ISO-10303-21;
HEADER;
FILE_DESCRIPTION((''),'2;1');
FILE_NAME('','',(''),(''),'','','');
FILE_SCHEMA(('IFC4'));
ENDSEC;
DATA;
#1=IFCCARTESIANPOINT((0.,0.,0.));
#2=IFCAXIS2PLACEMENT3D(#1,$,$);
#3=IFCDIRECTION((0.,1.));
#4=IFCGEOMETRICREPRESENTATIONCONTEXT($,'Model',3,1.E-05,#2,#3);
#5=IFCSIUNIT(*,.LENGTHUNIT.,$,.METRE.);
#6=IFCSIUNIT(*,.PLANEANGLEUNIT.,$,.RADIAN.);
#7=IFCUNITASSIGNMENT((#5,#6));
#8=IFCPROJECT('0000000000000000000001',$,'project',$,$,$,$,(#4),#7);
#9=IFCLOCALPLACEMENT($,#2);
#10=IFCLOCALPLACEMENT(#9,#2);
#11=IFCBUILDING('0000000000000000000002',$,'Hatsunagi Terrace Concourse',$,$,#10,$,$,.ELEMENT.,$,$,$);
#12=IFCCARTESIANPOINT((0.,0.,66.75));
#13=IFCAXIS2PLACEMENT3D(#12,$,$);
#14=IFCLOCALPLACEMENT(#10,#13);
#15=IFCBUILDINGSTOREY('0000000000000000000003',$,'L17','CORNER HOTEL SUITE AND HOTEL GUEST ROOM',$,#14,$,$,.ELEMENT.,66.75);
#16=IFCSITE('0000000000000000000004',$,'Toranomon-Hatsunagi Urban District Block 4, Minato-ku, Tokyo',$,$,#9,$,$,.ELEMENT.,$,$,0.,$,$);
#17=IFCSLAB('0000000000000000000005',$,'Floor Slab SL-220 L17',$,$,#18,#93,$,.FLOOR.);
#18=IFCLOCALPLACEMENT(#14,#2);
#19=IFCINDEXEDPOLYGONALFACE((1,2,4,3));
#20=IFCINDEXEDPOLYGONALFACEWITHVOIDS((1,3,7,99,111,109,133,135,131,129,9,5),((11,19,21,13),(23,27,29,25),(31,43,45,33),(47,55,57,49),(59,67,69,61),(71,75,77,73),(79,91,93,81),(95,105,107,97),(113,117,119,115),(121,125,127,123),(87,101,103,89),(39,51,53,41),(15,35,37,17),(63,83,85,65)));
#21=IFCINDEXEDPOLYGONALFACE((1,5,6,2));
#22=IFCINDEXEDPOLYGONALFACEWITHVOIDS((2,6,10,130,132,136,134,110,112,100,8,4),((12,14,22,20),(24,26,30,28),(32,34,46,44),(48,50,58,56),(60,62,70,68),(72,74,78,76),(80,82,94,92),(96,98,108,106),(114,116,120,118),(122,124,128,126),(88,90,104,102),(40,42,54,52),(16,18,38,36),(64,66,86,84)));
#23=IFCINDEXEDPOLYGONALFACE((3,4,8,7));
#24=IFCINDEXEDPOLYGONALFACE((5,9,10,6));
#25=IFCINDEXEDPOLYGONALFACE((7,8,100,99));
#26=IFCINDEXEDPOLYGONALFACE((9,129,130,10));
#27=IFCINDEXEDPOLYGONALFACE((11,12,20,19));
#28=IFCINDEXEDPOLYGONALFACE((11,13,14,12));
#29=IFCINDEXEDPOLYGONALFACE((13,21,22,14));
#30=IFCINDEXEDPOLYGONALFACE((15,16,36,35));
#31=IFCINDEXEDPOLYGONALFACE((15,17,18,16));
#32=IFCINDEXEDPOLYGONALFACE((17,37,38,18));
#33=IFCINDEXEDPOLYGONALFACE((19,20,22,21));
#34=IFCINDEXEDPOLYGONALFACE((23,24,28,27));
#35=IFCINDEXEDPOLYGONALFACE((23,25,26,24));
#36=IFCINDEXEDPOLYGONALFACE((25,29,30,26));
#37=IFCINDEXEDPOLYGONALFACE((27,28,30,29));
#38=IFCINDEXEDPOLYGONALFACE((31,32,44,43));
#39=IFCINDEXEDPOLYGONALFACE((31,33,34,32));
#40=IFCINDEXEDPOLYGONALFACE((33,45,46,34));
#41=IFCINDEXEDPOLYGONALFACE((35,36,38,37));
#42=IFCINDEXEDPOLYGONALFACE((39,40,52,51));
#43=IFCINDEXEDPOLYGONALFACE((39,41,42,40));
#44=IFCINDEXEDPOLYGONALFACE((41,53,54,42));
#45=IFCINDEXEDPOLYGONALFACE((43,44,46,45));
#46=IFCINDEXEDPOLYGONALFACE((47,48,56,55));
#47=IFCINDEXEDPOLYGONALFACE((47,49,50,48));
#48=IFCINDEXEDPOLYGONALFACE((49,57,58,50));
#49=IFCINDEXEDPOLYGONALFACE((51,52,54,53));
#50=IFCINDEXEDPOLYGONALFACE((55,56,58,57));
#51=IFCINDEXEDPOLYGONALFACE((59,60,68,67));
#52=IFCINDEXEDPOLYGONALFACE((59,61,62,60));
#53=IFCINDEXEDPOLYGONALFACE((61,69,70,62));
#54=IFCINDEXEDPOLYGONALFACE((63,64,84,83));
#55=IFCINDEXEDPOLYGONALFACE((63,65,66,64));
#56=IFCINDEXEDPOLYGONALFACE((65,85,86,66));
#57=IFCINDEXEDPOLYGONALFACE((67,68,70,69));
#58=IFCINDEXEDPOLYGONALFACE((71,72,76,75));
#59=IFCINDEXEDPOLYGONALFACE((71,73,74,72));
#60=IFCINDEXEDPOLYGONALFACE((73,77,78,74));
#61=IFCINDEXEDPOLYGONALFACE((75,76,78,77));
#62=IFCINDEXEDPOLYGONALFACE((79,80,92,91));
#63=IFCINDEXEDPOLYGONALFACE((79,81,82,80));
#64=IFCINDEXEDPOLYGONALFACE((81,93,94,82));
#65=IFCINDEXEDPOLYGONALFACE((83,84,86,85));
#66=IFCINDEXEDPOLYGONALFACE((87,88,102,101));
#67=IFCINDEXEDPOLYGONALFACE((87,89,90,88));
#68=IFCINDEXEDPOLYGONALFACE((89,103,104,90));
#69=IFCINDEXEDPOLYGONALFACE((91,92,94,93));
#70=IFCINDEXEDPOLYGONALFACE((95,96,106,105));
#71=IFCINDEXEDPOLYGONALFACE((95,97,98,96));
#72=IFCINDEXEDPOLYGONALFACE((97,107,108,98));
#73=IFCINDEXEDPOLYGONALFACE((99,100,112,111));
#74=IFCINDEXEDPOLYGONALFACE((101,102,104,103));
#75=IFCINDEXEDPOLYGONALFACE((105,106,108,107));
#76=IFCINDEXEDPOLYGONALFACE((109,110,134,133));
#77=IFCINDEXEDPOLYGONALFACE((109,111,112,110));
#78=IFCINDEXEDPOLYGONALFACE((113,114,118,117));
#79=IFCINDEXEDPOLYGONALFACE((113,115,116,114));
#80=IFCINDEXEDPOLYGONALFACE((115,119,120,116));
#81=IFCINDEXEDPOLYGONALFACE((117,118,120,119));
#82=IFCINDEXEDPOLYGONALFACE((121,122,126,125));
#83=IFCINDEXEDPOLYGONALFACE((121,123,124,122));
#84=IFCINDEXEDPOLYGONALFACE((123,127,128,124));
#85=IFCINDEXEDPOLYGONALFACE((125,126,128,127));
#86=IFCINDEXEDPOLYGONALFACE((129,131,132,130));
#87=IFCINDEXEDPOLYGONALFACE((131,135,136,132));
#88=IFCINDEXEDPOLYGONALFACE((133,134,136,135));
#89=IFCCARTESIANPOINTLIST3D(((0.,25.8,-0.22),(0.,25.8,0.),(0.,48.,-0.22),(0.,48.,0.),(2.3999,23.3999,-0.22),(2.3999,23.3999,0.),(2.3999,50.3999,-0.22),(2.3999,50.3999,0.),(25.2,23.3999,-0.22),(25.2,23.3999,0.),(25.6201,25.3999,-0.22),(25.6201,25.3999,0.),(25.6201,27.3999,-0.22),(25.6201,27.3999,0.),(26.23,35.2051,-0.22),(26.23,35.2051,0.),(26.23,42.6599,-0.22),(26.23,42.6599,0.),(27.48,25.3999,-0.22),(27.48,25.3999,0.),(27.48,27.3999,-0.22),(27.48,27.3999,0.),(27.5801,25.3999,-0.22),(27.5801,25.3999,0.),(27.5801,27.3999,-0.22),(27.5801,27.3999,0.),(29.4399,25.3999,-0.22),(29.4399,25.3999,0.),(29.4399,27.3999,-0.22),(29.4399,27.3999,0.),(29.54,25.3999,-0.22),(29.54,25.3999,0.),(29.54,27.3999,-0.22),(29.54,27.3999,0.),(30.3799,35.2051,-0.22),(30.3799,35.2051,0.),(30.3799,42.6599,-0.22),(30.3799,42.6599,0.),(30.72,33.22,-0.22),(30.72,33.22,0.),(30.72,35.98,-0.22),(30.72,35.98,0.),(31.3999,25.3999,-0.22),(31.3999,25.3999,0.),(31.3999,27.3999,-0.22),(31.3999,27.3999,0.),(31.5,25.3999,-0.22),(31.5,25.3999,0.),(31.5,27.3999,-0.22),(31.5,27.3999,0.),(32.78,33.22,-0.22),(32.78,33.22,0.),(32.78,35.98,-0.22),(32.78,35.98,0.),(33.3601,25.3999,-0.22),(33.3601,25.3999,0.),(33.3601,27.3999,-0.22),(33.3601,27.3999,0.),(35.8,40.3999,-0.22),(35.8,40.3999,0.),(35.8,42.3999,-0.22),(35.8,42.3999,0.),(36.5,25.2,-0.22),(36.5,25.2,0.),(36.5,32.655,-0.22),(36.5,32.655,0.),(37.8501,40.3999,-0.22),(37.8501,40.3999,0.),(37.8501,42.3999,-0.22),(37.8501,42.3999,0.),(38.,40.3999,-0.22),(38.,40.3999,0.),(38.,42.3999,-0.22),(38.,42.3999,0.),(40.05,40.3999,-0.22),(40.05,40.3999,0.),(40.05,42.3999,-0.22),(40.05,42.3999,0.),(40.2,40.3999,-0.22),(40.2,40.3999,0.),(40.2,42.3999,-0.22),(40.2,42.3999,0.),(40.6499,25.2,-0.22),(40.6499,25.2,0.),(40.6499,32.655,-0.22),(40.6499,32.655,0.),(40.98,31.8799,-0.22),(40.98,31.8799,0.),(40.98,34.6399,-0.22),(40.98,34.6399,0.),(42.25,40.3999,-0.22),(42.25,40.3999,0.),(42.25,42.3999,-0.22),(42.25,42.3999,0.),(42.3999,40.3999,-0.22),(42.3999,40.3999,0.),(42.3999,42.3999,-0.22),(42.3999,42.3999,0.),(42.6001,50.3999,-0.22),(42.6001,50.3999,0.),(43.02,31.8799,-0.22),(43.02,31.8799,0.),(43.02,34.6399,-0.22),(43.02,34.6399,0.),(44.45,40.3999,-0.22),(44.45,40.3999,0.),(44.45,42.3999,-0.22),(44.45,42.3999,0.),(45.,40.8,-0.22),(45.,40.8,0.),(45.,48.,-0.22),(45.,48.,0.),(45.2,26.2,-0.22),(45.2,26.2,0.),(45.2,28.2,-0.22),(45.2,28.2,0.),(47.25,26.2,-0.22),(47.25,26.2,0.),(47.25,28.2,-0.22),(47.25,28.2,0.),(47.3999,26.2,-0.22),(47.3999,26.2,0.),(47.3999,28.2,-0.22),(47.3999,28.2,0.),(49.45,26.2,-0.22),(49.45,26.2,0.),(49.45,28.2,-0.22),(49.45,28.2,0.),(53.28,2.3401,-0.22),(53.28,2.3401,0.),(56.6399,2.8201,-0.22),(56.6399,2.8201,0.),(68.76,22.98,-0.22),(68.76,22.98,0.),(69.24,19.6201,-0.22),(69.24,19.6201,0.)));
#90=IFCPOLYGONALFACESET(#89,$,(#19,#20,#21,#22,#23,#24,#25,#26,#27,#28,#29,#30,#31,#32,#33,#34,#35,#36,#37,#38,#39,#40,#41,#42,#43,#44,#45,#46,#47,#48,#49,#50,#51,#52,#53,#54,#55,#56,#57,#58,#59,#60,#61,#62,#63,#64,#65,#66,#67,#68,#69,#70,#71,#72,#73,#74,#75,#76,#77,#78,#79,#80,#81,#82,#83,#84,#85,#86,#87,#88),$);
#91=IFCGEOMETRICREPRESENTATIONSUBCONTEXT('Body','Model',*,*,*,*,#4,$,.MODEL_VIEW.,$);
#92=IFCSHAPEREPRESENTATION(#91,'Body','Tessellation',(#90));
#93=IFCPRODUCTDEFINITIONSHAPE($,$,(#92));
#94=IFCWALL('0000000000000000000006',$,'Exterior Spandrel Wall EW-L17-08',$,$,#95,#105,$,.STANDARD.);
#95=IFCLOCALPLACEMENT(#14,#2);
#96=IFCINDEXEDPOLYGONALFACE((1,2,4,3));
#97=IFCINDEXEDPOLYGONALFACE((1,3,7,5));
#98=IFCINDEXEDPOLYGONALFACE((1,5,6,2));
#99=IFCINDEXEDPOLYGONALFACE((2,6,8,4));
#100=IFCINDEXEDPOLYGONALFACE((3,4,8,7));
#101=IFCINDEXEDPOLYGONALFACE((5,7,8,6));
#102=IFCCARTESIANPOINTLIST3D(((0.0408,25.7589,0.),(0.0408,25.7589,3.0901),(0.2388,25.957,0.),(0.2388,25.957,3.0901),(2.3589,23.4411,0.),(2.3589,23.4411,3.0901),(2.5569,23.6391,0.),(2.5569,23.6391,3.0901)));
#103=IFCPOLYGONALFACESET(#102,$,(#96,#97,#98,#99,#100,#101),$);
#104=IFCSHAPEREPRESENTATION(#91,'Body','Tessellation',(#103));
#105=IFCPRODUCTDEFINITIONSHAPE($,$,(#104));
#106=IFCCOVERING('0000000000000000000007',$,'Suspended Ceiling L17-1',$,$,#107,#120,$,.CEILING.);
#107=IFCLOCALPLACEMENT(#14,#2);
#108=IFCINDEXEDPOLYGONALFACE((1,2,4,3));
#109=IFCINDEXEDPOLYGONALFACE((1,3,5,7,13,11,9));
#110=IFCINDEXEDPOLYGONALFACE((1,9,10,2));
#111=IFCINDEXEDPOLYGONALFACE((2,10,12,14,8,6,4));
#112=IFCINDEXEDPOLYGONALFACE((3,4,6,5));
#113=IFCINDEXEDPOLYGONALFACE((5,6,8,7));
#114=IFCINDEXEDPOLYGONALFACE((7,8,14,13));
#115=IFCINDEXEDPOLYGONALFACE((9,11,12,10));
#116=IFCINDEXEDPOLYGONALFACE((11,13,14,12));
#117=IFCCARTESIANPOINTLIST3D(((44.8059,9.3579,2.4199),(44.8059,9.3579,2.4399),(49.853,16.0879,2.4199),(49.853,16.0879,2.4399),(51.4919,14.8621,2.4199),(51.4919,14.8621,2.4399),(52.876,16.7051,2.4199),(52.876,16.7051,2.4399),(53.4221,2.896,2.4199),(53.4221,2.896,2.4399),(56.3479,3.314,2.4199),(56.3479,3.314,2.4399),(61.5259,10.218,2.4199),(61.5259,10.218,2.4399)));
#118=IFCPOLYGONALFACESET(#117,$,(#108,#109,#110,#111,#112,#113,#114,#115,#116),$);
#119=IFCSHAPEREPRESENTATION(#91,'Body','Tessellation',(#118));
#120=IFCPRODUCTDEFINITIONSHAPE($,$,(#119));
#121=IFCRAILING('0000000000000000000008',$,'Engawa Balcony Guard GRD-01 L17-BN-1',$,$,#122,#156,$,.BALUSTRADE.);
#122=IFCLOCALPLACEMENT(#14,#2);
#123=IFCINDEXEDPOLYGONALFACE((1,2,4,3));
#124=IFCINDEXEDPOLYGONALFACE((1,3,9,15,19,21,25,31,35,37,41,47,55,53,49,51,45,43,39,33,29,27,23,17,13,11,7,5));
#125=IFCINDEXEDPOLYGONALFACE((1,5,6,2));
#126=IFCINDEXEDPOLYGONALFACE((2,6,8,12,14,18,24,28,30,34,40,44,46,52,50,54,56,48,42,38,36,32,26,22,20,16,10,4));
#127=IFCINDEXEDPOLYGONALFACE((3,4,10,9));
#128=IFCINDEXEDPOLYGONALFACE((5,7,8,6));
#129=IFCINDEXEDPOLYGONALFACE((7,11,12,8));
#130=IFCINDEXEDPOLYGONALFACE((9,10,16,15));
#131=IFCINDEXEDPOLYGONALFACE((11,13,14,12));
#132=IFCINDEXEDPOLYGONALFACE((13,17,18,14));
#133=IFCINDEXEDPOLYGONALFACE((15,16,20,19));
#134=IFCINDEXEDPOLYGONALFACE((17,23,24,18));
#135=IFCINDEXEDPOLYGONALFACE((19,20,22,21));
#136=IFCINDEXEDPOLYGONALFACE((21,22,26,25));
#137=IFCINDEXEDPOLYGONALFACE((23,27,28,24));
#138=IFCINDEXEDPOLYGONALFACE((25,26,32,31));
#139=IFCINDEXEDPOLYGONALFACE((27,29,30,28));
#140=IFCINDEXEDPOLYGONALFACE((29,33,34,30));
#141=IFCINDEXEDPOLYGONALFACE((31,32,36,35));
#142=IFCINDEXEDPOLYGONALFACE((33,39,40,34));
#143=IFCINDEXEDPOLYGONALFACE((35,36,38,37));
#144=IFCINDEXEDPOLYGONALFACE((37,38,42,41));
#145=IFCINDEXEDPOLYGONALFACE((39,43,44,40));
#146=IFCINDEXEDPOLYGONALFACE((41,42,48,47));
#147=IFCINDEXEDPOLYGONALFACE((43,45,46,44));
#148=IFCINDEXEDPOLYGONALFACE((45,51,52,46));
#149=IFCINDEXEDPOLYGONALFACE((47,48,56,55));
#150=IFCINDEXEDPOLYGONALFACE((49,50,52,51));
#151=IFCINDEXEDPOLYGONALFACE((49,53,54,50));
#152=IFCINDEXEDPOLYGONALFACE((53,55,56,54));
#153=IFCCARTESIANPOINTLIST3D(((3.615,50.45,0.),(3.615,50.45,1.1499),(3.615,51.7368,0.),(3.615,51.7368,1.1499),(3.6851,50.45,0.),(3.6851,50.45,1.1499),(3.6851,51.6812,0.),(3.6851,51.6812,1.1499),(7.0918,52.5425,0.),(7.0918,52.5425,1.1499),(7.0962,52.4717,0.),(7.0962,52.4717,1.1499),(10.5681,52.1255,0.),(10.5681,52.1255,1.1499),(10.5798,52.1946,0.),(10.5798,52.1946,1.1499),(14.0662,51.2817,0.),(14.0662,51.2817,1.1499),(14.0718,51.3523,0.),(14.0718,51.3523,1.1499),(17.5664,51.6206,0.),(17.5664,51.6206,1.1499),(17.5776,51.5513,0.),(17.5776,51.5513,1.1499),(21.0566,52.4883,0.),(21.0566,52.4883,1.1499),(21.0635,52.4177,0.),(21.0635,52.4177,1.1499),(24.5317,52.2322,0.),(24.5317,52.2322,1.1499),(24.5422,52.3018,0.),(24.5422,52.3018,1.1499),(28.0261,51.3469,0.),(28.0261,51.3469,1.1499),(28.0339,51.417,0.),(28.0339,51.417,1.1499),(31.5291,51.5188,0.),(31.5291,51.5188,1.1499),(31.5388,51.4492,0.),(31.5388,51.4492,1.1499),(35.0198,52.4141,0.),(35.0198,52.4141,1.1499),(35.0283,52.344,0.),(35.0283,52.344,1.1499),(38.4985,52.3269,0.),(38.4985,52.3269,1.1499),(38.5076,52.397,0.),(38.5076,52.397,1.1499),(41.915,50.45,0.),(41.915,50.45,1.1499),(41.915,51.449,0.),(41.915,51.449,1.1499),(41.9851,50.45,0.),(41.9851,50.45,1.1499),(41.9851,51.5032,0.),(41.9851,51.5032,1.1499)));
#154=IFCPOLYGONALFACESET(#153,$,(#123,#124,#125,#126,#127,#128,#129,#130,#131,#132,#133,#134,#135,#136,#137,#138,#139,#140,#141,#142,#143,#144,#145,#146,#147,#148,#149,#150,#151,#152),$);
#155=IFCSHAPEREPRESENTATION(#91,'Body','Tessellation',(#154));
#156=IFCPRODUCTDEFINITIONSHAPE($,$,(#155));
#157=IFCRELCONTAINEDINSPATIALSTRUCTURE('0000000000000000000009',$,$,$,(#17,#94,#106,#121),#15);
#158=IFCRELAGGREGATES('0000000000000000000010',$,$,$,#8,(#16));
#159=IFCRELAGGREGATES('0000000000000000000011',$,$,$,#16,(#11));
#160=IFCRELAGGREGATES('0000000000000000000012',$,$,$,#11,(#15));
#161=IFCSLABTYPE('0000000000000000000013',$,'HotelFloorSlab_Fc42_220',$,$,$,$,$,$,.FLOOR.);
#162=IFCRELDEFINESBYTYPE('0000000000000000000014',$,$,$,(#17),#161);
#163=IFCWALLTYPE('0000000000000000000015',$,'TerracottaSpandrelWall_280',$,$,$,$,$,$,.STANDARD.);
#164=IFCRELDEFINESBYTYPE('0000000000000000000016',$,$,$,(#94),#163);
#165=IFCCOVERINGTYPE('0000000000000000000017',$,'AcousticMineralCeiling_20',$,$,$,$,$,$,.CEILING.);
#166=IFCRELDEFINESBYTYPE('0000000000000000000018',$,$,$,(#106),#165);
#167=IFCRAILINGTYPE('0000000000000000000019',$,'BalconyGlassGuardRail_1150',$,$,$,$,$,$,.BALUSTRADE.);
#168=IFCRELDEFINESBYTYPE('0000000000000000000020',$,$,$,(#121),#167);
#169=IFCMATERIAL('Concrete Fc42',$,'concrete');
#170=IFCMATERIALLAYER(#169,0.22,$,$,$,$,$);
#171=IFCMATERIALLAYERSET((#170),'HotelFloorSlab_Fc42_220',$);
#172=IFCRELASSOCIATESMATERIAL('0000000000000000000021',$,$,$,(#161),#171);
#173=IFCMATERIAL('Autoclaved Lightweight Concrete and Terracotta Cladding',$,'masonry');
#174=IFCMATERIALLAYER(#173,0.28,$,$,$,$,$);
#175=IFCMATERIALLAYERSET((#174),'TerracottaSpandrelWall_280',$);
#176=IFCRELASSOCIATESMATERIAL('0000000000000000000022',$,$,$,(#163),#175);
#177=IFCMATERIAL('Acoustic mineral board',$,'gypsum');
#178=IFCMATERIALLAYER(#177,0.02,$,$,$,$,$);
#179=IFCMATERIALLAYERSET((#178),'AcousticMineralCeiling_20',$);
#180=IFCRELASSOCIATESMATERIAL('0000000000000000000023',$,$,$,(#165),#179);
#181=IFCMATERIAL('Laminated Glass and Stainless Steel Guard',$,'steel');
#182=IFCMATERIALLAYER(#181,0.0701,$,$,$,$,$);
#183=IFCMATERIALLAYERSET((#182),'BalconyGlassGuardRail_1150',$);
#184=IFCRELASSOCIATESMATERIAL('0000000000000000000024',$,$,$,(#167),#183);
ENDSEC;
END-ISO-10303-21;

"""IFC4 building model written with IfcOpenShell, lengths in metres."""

from ifc_helpers import new_model, si_unit, direction, frame, frame_2d, origin, place, context, subcontext, project, spatial, polyline, rectangle, outline, extrude, material, layer, layer_set, type_object, element, save


model = new_model("IFC4")

# Units and contexts
model_context = context("Model", 3, precision=1e-05, world=origin(), true_north=direction((0.0, 1.0)))
body_context = subcontext(model_context, "Body", "Model", "MODEL_VIEW")
ifc_project = project(units=[si_unit("LENGTHUNIT", "METRE"), si_unit("PLANEANGLEUNIT", "RADIAN")], contexts=[model_context])

# Site, building, storey
site_placement = place(None, origin())
site = spatial("IfcSite", under=ifc_project, at=site_placement, Name="Toranomon-Hatsunagi Urban District Block 4, Minato-ku, Tokyo", CompositionType="ELEMENT", RefElevation=0.0)
building_placement = place(site_placement, origin())
building = spatial("IfcBuilding", under=site, at=building_placement, Name="Hatsunagi Terrace Concourse", CompositionType="ELEMENT")
storey_placement = place(building_placement, frame((0.0, 0.0, 66.75)))
storey = spatial("IfcBuildingStorey", under=building, at=storey_placement, Name="L17", Description="CORNER HOTEL SUITE AND HOTEL GUEST ROOM", CompositionType="ELEMENT", Elevation=66.75)

# Slab
ifc_material_1 = material(Name="Concrete Fc42", Category="concrete")
ifc_layer_1 = layer(ifc_material_1, 0.22)
ifc_layer_set_1 = layer_set([ifc_layer_1], Name="HotelFloorSlab_Fc42_220")
slab_type_1 = type_object("IfcSlabType", Name="HotelFloorSlab_Fc42_220", PredefinedType="FLOOR", material=ifc_layer_set_1)
slab_1_placement = place(storey_placement, frame((0.0, 0.0, -0.22)))
element("IfcSlab", 1, at=slab_1_placement, inside=storey, type_object=slab_type_1, Name="Floor Slab SL-220 L17", PredefinedType="FLOOR", context=body_context, shape_type="SweptSolid", body=[
    extrude(outline(polyline([(45.0, 40.8), (45.0, 48.0), (42.6001, 50.3999), (2.3999, 50.3999), (0.0, 48.0), (0.0, 25.8), (2.3999, 23.3999), (25.2, 23.3999), (53.28, 2.3401), (56.6399, 2.8201), (69.24, 19.6201), (68.76, 22.98), (45.0, 40.8)]), holes=[polyline([(26.23, 35.2051), (30.3799, 35.2051), (30.3799, 42.6599), (26.23, 42.6599), (26.23, 35.2051)]), polyline([(36.5, 25.2), (40.6499, 25.2), (40.6499, 32.655), (36.5, 32.655), (36.5, 25.2)]), polyline([(30.72, 33.22), (32.78, 33.22), (32.78, 35.98), (30.72, 35.98), (30.72, 33.22)]), polyline([(40.98, 31.8799), (43.02, 31.8799), (43.02, 34.6399), (40.98, 34.6399), (40.98, 31.8799)]), polyline([(25.6201, 25.3999), (27.48, 25.3999), (27.48, 27.3999), (25.6201, 27.3999), (25.6201, 25.3999)]), polyline([(27.5801, 25.3999), (29.4399, 25.3999), (29.4399, 27.3999), (27.5801, 27.3999), (27.5801, 25.3999)]), polyline([(29.54, 25.3999), (31.3999, 25.3999), (31.3999, 27.3999), (29.54, 27.3999), (29.54, 25.3999)]), polyline([(31.5, 25.3999), (33.3601, 25.3999), (33.3601, 27.3999), (31.5, 27.3999), (31.5, 25.3999)]), polyline([(35.8, 40.3999), (37.8501, 40.3999), (37.8501, 42.3999), (35.8, 42.3999), (35.8, 40.3999)]), polyline([(38.0, 40.3999), (40.05, 40.3999), (40.05, 42.3999), (38.0, 42.3999), (38.0, 40.3999)]), polyline([(40.2, 40.3999), (42.25, 40.3999), (42.25, 42.3999), (40.2, 42.3999), (40.2, 40.3999)]), polyline([(42.3999, 40.3999), (44.45, 40.3999), (44.45, 42.3999), (42.3999, 42.3999), (42.3999, 40.3999)]), polyline([(45.2, 26.2), (47.25, 26.2), (47.25, 28.2), (45.2, 28.2), (45.2, 26.2)]), polyline([(47.3999, 26.2), (49.45, 26.2), (49.45, 28.2), (47.3999, 28.2), (47.3999, 26.2)])]), origin(), (0.0, 0.0, 1.0), 0.22),
])

# Wall
ifc_material_2 = material(Name="Autoclaved Lightweight Concrete and Terracotta Cladding", Category="masonry")
ifc_layer_2 = layer(ifc_material_2, 0.28)
ifc_layer_set_2 = layer_set([ifc_layer_2], Name="TerracottaSpandrelWall_280")
wall_type = type_object("IfcWallType", Name="TerracottaSpandrelWall_280", PredefinedType="STANDARD", material=ifc_layer_set_2)
wall_placement = place(storey_placement, frame((2.458, 23.54, 0.0), z_axis=(0.0, 0.0, 1.0), x_axis=(-0.707144, 0.70707, 0.0)))
element("IfcWall", 2, at=wall_placement, inside=storey, type_object=wall_type, Name="Exterior Spandrel Wall EW-L17-08", PredefinedType="STANDARD", context=body_context, shape_type="SweptSolid", body=[
    extrude(rectangle(XDim=3.2781, YDim=0.28, at=frame_2d((1.6392, 0.0))), origin(), (0.0, 0.0, 1.0), 3.0901),
])

# Covering
ifc_material_3 = material(Name="Acoustic mineral board", Category="gypsum")
ifc_layer_3 = layer(ifc_material_3, 0.02)
ifc_layer_set_3 = layer_set([ifc_layer_3], Name="AcousticMineralCeiling_20")
covering_type_1 = type_object("IfcCoveringType", Name="AcousticMineralCeiling_20", PredefinedType="CEILING", material=ifc_layer_set_3)
covering_1_placement = place(storey_placement, frame((0.0, 0.0, 2.4199)))
element("IfcCovering", 3, at=covering_1_placement, inside=storey, type_object=covering_type_1, Name="Suspended Ceiling L17-1", PredefinedType="CEILING", context=body_context, shape_type="SweptSolid", body=[
    extrude(outline(polyline([(56.3479, 3.314), (61.5259, 10.218), (52.876, 16.7051), (51.4919, 14.8621), (49.853, 16.0879), (44.8059, 9.3579), (53.4221, 2.896), (56.3479, 3.314)])), origin(), (0.0, 0.0, 1.0), 0.02),
])

# Railing
ifc_material_4 = material(Name="Laminated Glass and Stainless Steel Guard", Category="steel")
ifc_layer_4 = layer(ifc_material_4, 0.0701)
ifc_layer_set_4 = layer_set([ifc_layer_4], Name="BalconyGlassGuardRail_1150")
railing_type = type_object("IfcRailingType", Name="BalconyGlassGuardRail_1150", PredefinedType="BALUSTRADE", material=ifc_layer_set_4)
railing_1_placement = place(storey_placement, origin())
element("IfcRailing", 4, at=railing_1_placement, inside=storey, type_object=railing_type, Name="Engawa Balcony Guard GRD-01 L17-BN-1", PredefinedType="BALUSTRADE", context=body_context, shape_type="SweptSolid", body=[
    extrude(outline(polyline([(3.615, 50.45), (3.6851, 50.45), (3.6851, 51.6812), (7.0962, 52.4717), (10.5681, 52.1255), (14.0662, 51.2817), (17.5776, 51.5513), (21.0635, 52.4177), (24.5317, 52.2322), (28.0261, 51.3469), (31.5388, 51.4492), (35.0283, 52.344), (38.4985, 52.3269), (41.915, 51.449), (41.915, 50.45), (41.9851, 50.45), (41.9851, 51.5032), (38.5076, 52.397), (35.0198, 52.4141), (31.5291, 51.5188), (28.0339, 51.417), (24.5422, 52.3018), (21.0566, 52.4883), (17.5664, 51.6206), (14.0718, 51.3523), (10.5798, 52.1946), (7.0918, 52.5425), (3.615, 51.7368), (3.615, 50.45)])), origin(), (0.0, 0.0, 1.0), 1.1499),
])

save(model, "model.ifc")
